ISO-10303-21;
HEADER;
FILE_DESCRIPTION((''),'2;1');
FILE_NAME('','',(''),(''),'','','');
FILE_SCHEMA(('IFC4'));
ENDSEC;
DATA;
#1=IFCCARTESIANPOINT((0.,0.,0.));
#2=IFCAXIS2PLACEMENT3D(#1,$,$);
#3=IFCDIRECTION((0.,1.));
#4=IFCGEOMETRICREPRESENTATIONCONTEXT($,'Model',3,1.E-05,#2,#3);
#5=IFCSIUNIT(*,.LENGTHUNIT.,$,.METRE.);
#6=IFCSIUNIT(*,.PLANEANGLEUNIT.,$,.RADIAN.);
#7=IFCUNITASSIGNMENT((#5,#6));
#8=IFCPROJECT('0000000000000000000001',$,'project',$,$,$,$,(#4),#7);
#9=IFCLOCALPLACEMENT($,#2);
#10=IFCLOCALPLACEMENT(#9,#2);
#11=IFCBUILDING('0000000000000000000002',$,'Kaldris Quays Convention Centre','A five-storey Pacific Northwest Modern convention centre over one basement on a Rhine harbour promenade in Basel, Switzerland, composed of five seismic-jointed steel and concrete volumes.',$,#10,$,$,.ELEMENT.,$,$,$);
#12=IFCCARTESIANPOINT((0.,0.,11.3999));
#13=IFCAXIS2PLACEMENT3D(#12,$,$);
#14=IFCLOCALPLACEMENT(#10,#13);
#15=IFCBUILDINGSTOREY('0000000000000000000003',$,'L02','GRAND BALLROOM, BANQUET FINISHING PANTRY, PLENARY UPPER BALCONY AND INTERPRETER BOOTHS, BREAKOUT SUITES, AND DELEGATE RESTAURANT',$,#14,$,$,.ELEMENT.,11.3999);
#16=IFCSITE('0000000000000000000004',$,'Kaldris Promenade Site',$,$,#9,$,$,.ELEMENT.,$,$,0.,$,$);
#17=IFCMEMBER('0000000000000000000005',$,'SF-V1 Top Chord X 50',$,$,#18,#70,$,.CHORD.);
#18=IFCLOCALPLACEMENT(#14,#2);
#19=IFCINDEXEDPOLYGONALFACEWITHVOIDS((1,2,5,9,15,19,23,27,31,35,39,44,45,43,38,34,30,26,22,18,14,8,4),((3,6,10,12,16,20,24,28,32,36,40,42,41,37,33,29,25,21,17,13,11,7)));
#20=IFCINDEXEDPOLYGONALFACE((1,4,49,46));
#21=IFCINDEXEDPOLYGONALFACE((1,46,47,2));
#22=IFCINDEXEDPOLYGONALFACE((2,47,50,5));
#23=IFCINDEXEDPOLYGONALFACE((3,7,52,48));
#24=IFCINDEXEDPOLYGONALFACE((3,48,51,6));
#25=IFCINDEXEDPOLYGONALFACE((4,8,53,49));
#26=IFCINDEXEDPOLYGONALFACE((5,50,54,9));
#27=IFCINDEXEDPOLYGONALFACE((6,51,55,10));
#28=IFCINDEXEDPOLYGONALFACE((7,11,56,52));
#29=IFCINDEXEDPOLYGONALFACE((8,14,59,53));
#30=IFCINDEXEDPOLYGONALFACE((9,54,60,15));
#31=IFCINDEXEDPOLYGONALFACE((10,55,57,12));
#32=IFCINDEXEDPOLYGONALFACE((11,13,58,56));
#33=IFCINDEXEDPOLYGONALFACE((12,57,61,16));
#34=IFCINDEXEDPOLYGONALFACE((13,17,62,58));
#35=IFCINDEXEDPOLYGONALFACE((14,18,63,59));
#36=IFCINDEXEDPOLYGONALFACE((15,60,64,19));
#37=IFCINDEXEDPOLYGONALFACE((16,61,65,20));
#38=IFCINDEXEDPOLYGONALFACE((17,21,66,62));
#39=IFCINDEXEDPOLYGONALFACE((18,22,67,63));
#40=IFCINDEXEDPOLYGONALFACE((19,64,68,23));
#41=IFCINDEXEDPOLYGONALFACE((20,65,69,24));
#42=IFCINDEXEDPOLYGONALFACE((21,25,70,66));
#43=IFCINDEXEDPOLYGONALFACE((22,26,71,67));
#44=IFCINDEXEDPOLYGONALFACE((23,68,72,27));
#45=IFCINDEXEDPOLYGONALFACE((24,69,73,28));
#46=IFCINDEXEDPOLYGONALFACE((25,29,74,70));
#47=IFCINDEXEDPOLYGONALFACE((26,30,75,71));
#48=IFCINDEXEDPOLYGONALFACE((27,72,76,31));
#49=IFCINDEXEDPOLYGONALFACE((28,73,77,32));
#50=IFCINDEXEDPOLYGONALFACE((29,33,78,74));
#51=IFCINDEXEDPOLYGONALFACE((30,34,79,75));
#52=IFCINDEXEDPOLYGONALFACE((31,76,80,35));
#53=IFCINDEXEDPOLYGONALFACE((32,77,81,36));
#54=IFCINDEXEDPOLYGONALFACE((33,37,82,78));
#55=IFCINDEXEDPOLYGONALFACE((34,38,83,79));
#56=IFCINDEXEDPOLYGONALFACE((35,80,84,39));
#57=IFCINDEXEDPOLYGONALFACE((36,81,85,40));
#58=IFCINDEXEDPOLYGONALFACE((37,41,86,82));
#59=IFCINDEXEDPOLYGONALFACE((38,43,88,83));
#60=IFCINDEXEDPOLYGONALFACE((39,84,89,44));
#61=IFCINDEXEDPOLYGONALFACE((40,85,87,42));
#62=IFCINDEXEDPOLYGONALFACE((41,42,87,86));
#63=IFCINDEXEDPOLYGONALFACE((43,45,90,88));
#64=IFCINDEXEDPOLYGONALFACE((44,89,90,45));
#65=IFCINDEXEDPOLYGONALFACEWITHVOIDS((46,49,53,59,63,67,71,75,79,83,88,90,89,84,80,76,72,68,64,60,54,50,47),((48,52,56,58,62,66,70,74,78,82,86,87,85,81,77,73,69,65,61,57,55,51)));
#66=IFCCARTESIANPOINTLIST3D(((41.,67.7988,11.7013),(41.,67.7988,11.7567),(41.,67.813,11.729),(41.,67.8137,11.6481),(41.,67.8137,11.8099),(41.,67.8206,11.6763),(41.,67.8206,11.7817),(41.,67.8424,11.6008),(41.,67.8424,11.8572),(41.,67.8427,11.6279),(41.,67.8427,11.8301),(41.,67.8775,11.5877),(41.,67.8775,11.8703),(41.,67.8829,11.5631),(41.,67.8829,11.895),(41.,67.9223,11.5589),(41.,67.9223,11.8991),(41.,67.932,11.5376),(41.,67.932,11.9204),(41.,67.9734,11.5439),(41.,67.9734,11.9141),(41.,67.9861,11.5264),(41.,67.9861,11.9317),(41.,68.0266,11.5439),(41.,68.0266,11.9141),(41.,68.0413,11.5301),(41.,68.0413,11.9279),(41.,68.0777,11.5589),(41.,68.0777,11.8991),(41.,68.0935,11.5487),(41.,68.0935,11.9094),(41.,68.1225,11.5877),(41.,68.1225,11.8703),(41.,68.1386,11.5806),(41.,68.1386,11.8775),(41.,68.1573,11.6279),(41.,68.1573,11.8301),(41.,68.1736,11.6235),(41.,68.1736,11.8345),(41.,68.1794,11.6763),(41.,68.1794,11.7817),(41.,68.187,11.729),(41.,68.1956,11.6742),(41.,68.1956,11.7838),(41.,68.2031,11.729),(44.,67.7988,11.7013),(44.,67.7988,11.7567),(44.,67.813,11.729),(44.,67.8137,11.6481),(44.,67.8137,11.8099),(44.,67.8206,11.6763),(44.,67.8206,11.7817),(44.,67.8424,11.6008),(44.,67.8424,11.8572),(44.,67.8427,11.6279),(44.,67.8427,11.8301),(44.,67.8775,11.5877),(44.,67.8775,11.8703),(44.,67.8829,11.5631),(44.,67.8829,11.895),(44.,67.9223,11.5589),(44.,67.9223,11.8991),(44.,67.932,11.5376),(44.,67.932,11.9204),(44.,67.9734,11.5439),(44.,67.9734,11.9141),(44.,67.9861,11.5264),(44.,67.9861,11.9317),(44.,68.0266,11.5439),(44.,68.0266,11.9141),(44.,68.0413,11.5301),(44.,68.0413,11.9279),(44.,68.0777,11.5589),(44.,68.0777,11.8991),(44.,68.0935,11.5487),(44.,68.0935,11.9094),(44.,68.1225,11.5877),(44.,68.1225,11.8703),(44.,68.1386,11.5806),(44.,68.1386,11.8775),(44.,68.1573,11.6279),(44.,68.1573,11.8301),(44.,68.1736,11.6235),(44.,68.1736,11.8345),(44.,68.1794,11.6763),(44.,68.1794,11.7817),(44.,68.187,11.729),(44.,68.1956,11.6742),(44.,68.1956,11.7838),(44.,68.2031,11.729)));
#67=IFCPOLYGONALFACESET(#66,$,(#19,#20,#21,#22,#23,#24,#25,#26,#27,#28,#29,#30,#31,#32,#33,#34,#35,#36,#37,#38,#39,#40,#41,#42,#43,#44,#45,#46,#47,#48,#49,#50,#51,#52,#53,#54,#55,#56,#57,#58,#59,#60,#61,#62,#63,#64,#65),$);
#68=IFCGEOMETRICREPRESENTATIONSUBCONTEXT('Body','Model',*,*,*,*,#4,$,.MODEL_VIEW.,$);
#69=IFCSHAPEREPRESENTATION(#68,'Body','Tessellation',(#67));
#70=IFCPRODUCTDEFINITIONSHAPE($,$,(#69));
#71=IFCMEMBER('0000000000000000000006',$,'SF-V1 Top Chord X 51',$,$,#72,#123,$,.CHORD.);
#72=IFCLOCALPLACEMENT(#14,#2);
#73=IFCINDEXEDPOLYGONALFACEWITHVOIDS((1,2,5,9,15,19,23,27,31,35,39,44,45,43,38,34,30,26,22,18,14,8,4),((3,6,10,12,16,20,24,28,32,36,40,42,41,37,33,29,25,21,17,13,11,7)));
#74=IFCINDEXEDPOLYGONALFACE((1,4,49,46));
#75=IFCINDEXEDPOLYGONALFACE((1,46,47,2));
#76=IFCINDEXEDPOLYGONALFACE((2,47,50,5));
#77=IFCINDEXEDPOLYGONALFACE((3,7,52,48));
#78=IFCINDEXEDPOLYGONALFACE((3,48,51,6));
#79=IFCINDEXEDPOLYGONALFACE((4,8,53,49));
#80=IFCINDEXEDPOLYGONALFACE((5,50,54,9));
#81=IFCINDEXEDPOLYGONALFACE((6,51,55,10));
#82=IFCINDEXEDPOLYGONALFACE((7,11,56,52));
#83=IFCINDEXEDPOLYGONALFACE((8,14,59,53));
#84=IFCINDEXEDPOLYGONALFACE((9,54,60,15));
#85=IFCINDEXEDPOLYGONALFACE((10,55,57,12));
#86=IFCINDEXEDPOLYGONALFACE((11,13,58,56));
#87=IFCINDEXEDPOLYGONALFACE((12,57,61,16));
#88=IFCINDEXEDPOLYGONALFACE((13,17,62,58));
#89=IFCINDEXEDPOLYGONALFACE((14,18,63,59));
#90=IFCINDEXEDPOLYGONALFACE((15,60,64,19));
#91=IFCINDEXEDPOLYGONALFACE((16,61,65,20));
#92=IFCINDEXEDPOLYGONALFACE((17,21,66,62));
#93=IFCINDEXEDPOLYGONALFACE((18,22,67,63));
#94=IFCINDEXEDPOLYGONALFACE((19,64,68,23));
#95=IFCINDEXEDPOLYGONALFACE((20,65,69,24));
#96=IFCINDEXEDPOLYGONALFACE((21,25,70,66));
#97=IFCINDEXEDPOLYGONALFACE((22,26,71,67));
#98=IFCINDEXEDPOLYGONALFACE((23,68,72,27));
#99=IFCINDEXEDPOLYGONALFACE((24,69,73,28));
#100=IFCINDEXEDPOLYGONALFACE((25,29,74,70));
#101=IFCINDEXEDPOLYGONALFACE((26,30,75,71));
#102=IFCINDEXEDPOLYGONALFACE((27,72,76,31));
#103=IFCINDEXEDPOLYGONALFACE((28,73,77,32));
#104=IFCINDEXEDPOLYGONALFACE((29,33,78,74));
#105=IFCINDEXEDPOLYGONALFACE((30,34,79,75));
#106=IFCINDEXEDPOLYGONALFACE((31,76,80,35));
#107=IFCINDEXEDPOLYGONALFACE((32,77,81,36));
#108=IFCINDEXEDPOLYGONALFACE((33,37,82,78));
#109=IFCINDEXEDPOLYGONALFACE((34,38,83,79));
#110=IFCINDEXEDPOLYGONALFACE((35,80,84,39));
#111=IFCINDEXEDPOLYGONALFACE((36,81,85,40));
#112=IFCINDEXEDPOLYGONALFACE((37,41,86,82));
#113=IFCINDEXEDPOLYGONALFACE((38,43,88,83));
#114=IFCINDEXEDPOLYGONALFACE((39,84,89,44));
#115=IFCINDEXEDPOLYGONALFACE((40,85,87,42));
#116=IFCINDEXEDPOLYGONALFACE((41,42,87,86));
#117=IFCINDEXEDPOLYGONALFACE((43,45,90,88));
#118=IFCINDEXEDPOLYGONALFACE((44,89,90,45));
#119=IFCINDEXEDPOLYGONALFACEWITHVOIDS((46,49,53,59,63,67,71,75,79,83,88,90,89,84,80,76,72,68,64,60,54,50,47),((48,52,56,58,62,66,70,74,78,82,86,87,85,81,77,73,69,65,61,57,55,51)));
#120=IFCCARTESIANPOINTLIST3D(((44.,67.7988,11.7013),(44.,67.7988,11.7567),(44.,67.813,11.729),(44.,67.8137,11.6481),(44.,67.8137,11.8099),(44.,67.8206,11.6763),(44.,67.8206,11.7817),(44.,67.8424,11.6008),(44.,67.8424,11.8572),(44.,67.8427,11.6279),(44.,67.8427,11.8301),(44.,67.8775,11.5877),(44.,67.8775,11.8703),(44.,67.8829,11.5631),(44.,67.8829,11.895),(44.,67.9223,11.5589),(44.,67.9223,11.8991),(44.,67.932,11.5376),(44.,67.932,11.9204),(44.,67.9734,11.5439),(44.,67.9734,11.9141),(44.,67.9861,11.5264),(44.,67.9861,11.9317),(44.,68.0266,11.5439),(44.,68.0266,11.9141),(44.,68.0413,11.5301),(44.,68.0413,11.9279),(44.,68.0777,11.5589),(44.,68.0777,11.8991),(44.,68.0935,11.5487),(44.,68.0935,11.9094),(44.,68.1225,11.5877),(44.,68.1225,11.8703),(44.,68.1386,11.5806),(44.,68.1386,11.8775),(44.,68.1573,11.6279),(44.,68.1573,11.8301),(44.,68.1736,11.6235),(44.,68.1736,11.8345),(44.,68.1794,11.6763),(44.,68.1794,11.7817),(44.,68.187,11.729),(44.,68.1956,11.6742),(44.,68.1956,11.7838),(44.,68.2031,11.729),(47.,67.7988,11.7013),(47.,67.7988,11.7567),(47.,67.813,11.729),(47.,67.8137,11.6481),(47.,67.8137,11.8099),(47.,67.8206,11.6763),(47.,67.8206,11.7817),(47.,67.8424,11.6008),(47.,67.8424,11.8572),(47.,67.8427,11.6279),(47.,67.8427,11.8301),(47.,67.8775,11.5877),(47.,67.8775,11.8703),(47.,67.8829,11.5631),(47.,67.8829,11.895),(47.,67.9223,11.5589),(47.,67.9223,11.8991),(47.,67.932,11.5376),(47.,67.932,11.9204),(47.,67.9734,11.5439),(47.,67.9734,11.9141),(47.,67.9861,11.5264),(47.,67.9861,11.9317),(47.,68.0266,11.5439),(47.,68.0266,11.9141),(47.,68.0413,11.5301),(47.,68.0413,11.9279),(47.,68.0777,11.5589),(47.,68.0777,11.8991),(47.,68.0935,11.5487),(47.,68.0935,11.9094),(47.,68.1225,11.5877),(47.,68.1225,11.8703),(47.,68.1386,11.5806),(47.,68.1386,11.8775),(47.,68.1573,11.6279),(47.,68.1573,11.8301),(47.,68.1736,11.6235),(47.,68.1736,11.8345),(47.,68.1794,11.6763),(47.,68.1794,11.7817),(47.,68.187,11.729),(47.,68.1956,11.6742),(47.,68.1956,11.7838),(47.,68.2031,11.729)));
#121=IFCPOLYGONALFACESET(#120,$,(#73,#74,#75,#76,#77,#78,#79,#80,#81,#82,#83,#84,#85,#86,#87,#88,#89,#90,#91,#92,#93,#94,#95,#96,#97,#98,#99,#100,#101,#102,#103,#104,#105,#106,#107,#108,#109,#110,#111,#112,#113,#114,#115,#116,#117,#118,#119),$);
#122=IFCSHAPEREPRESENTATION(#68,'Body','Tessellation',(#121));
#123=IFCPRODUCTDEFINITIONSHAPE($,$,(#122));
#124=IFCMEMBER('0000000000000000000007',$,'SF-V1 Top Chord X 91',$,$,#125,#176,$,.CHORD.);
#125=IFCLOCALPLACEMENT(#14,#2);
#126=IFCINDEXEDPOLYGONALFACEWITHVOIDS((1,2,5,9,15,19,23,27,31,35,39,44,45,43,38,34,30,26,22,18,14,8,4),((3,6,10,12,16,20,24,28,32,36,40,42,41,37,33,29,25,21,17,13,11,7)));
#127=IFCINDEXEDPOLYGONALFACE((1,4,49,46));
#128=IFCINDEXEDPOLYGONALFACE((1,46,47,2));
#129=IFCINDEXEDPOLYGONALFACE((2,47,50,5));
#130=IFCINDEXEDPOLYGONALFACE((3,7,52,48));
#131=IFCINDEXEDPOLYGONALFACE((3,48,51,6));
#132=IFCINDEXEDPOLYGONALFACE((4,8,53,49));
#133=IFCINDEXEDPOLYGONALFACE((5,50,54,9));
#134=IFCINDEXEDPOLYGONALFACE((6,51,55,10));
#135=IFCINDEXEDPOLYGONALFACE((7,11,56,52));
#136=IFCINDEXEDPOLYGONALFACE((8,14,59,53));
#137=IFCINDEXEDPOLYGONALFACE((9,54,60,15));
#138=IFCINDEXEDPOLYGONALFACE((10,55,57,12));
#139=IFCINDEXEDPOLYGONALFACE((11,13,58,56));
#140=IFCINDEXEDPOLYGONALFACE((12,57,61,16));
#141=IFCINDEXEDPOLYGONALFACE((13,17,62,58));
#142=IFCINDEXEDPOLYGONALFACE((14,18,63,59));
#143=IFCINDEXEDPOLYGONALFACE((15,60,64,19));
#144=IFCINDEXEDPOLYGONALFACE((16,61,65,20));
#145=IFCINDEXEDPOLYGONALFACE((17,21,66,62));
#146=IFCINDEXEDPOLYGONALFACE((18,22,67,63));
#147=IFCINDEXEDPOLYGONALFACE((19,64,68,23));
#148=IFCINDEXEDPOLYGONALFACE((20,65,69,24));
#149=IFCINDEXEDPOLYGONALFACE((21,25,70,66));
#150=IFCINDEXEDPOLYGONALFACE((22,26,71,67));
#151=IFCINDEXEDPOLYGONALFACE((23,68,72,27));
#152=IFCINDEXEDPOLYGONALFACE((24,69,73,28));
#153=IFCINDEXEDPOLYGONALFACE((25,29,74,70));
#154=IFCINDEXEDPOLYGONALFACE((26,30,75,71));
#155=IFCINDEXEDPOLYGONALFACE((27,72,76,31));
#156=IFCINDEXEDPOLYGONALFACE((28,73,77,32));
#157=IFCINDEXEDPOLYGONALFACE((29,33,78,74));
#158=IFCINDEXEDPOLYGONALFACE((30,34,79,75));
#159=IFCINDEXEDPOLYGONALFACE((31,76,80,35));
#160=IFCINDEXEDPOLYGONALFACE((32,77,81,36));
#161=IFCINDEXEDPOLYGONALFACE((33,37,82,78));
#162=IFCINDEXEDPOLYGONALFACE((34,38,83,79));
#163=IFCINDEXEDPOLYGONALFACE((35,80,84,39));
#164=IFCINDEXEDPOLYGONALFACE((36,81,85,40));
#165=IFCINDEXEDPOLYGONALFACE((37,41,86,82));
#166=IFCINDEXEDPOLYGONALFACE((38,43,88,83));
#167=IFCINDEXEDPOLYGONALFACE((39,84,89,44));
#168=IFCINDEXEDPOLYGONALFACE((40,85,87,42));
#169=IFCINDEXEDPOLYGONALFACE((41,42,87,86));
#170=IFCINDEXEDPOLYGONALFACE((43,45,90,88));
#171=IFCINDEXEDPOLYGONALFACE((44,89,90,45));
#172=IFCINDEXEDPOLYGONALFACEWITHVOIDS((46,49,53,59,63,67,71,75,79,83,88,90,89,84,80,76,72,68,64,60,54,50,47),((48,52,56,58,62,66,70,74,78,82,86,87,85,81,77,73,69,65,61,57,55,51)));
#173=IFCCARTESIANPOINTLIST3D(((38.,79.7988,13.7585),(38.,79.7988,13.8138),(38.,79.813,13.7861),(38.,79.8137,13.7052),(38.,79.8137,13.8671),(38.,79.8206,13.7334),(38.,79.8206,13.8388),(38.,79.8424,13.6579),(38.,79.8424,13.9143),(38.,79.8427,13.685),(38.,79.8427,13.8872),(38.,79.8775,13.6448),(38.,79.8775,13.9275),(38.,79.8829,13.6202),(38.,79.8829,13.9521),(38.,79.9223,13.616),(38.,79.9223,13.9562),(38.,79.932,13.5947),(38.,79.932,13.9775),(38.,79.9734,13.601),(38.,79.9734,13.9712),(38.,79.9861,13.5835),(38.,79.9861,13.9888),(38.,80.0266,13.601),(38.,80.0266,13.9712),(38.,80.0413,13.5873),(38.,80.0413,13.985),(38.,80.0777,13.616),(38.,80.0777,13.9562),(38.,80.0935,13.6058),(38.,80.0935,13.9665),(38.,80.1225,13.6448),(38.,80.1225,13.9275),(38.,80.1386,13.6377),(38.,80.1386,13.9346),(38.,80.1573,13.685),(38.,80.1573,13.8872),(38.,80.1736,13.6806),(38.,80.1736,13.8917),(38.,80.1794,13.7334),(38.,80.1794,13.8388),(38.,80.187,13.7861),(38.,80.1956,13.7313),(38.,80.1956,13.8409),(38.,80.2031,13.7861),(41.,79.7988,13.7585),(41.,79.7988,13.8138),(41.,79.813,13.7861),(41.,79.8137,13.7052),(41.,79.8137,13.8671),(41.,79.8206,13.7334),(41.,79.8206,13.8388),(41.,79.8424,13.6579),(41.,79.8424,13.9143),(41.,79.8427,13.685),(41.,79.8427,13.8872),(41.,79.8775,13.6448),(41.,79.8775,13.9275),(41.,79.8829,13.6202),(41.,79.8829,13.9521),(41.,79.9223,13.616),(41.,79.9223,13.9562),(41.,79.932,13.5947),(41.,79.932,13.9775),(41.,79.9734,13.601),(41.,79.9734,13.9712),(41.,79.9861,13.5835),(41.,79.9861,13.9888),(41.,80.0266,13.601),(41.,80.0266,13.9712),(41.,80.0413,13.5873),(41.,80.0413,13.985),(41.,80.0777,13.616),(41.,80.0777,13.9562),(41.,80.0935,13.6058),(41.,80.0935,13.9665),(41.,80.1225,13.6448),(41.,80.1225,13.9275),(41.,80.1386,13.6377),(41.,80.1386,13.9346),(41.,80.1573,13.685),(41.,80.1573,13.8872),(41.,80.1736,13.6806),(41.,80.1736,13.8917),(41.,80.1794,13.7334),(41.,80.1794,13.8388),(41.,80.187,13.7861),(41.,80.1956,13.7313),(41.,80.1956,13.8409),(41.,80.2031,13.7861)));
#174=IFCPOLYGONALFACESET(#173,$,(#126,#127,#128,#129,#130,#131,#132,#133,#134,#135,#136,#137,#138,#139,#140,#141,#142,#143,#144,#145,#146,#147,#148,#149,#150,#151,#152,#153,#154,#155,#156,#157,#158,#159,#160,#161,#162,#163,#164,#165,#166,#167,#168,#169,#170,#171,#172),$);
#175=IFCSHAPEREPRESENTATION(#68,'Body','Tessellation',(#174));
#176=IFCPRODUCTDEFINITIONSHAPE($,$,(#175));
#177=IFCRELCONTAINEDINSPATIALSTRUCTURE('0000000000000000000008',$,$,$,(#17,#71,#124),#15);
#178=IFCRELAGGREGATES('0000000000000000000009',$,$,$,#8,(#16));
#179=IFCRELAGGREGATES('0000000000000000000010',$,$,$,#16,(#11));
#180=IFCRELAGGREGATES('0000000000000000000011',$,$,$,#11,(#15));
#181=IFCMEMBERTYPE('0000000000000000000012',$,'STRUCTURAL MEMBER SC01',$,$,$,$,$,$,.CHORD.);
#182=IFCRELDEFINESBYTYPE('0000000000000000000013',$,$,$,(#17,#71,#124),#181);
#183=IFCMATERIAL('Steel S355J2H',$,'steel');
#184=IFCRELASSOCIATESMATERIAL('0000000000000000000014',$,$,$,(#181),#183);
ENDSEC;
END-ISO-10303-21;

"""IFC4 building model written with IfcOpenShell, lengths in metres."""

from ifc_helpers import new_model, si_unit, direction, frame, origin, origin_2d, place, context, subcontext, project, spatial, hollow_circle, extrude, material, material_profile, profile_set, type_object, element, save


model = new_model("IFC4")

# Units and contexts
model_context = context("Model", 3, precision=1e-05, world=origin(), true_north=direction((0.0, 1.0)))
body_context = subcontext(model_context, "Body", "Model", "MODEL_VIEW")
ifc_project = project(units=[si_unit("LENGTHUNIT", "METRE"), si_unit("PLANEANGLEUNIT", "RADIAN")], contexts=[model_context])

# Site, building, storey
site_placement = place(None, origin())
site = spatial("IfcSite", under=ifc_project, at=site_placement, Name="Kaldris Promenade Site", CompositionType="ELEMENT", RefElevation=0.0)
building_placement = place(site_placement, origin())
building = spatial("IfcBuilding", under=site, at=building_placement, Name="Kaldris Quays Convention Centre", Description="A five-storey Pacific Northwest Modern convention centre over one basement on a Rhine harbour promenade in Basel, Switzerland, composed of five seismic-jointed steel and concrete volumes.", CompositionType="ELEMENT")
storey_placement = place(building_placement, frame((0.0, 0.0, 11.3999)))
storey = spatial("IfcBuildingStorey", under=building, at=storey_placement, Name="L02", Description="GRAND BALLROOM, BANQUET FINISHING PANTRY, PLENARY UPPER BALCONY AND INTERPRETER BOOTHS, BREAKOUT SUITES, AND DELEGATE RESTAURANT", CompositionType="ELEMENT", Elevation=11.3999)

# Members
ifc_material_1 = material(Name="Steel S355J2H", Category="steel")
ifc_material_profile_1 = material_profile(ifc_material_1, hollow_circle(Radius=0.2031, WallThickness=0.0161, at=origin_2d()), Name="CHS 406.4x16")
ifc_profile_set_1 = profile_set([ifc_material_profile_1], Name="Steel S355J2H")
member_type_1 = type_object("IfcMemberType", Name="STRUCTURAL MEMBER SC01", PredefinedType="CHORD", material=ifc_profile_set_1)
for number, where, z_axis, x_axis, name in (
    (1, (41.0, 68.0, 11.729), (1.0, 0.0, 0.0), (0.0, 1.0, 0.0), "SF-V1 Top Chord X 50"),
    (2, (44.0, 68.0, 11.729), (1.0, 0.0, 0.0), (0.0, 1.0, 0.0), "SF-V1 Top Chord X 51"),
    (3, (38.0, 80.0, 13.7861), (1.0, 0.0, 0.0), (0.0, 1.0, 0.0), "SF-V1 Top Chord X 91"),
):
    element("IfcMember", number, at=place(storey_placement, frame(where, z_axis=z_axis, x_axis=x_axis)), inside=storey, type_object=member_type_1, Name=name, PredefinedType="CHORD", context=body_context, shape_type="SweptSolid", body=[
        extrude(hollow_circle(Radius=0.2031, WallThickness=0.0161, at=origin_2d()), origin(), (0.0, 0.0, 1.0), 3.0),
    ])

save(model, "model.ifc")
